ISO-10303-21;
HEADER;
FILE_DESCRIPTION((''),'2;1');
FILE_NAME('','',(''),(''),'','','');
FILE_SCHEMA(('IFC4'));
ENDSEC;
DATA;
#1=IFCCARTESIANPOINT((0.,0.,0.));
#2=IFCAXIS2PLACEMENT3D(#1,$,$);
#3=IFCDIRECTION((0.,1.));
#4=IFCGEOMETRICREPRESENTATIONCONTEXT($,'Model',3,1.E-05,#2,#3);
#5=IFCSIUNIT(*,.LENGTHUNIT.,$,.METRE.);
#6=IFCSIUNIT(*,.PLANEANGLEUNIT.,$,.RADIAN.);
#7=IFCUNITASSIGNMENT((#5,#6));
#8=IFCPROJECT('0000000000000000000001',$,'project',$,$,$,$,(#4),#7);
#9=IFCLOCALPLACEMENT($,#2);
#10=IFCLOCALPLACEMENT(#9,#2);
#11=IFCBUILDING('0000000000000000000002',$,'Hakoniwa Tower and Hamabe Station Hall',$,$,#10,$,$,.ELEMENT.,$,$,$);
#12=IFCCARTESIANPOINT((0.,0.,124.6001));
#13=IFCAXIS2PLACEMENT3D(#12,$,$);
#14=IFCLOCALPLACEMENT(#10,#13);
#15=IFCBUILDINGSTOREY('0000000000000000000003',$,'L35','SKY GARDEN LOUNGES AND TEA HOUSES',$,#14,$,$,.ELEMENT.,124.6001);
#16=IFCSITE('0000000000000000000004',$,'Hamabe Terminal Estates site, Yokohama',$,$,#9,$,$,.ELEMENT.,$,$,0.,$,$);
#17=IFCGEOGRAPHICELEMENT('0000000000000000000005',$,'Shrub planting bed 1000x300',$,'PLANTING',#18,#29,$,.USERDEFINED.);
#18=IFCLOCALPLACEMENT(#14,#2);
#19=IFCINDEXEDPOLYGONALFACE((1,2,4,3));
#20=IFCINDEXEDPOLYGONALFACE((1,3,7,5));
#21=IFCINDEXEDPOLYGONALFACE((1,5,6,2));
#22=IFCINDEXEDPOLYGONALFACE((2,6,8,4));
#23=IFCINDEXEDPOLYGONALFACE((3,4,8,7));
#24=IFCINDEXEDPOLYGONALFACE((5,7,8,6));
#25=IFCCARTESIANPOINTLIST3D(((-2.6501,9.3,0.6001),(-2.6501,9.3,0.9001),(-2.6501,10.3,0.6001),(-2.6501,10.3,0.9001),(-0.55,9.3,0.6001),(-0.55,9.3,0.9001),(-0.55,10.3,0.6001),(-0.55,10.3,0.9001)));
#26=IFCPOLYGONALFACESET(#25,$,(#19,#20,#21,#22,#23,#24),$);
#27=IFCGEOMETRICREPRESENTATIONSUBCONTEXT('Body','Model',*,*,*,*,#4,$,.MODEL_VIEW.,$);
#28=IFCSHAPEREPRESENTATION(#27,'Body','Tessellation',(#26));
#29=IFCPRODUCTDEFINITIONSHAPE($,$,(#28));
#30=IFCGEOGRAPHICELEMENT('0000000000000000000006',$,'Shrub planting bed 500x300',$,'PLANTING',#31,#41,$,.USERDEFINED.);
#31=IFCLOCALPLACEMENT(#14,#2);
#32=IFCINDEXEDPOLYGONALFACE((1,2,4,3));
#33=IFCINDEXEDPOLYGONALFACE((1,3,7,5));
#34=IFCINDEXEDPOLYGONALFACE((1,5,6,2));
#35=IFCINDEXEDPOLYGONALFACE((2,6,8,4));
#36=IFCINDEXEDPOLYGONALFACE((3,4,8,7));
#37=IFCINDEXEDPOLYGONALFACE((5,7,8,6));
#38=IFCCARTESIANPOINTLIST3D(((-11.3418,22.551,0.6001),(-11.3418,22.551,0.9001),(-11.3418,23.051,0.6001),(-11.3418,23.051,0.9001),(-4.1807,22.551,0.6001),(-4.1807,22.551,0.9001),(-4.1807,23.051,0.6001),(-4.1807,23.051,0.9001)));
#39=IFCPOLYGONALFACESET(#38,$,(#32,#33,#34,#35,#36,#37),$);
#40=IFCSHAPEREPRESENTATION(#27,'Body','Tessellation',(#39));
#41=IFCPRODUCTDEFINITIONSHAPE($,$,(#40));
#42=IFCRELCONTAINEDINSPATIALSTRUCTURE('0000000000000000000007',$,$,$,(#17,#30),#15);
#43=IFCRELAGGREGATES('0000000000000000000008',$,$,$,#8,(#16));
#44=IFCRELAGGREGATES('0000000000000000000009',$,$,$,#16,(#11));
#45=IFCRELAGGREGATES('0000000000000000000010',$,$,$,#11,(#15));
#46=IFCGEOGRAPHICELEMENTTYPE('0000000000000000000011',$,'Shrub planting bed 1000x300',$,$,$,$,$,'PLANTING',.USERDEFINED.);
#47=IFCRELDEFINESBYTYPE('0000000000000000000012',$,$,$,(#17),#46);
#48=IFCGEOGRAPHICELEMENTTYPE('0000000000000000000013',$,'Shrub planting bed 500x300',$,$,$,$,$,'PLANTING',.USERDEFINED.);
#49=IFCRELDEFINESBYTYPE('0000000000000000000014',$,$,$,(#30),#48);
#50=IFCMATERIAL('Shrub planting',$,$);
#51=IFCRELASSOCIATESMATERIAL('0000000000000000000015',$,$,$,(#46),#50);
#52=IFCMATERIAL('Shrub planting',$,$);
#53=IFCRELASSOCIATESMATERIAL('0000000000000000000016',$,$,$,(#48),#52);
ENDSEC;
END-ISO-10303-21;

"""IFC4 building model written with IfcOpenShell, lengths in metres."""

from ifc_helpers import new_model, si_unit, direction, frame, origin, origin_2d, place, context, subcontext, project, spatial, rectangle, extrude, material, type_object, element, save


model = new_model("IFC4")

# Units and contexts
model_context = context("Model", 3, precision=1e-05, world=origin(), true_north=direction((0.0, 1.0)))
body_context = subcontext(model_context, "Body", "Model", "MODEL_VIEW")
ifc_project = project(units=[si_unit("LENGTHUNIT", "METRE"), si_unit("PLANEANGLEUNIT", "RADIAN")], contexts=[model_context])

# Site, building, storey
site_placement = place(None, origin())
site = spatial("IfcSite", under=ifc_project, at=site_placement, Name="Hamabe Terminal Estates site, Yokohama", CompositionType="ELEMENT", RefElevation=0.0)
building_placement = place(site_placement, origin())
building = spatial("IfcBuilding", under=site, at=building_placement, Name="Hakoniwa Tower and Hamabe Station Hall", CompositionType="ELEMENT")
storey_placement = place(building_placement, frame((0.0, 0.0, 124.6001)))
storey = spatial("IfcBuildingStorey", under=building, at=storey_placement, Name="L35", Description="SKY GARDEN LOUNGES AND TEA HOUSES", CompositionType="ELEMENT", Elevation=124.6001)

# Geographic elements
ifc_material_1 = material(Name="Shrub planting")
geographic_element_type_1 = type_object("IfcGeographicElementType", Name="Shrub planting bed 1000x300", ElementType="PLANTING", PredefinedType="USERDEFINED", material=ifc_material_1)
for number, where, z_axis, x_axis, name in (
    (1, (-1.6001, 9.8, 0.6001), (0.0, 0.0, 1.0), (1.0, 0.0, 0.0), "Shrub planting bed 1000x300"),
):
    element("IfcGeographicElement", number, at=place(storey_placement, frame(where, z_axis=z_axis, x_axis=x_axis)), inside=storey, type_object=geographic_element_type_1, Name=name, ObjectType="PLANTING", PredefinedType="USERDEFINED", context=body_context, shape_type="SweptSolid", body=[
        extrude(rectangle(XDim=2.1001, YDim=1.0, at=origin_2d()), origin(), (0.0, 0.0, 1.0), 0.3),
    ])
ifc_material_2 = material(Name="Shrub planting")
geographic_element_type_2 = type_object("IfcGeographicElementType", Name="Shrub planting bed 500x300", ElementType="PLANTING", PredefinedType="USERDEFINED", material=ifc_material_2)
geographic_element_placement = place(storey_placement, frame((-7.7612, 22.801, 0.6001), z_axis=(0.0, 0.0, 1.0), x_axis=(-1.0, 0.0, 0.0)))
element("IfcGeographicElement", 2, at=geographic_element_placement, inside=storey, type_object=geographic_element_type_2, Name="Shrub planting bed 500x300", ObjectType="PLANTING", PredefinedType="USERDEFINED", context=body_context, shape_type="SweptSolid", body=[
    extrude(rectangle(XDim=7.1611, YDim=0.5, at=origin_2d()), origin(), (0.0, 0.0, 1.0), 0.3),
])

save(model, "model.ifc")
